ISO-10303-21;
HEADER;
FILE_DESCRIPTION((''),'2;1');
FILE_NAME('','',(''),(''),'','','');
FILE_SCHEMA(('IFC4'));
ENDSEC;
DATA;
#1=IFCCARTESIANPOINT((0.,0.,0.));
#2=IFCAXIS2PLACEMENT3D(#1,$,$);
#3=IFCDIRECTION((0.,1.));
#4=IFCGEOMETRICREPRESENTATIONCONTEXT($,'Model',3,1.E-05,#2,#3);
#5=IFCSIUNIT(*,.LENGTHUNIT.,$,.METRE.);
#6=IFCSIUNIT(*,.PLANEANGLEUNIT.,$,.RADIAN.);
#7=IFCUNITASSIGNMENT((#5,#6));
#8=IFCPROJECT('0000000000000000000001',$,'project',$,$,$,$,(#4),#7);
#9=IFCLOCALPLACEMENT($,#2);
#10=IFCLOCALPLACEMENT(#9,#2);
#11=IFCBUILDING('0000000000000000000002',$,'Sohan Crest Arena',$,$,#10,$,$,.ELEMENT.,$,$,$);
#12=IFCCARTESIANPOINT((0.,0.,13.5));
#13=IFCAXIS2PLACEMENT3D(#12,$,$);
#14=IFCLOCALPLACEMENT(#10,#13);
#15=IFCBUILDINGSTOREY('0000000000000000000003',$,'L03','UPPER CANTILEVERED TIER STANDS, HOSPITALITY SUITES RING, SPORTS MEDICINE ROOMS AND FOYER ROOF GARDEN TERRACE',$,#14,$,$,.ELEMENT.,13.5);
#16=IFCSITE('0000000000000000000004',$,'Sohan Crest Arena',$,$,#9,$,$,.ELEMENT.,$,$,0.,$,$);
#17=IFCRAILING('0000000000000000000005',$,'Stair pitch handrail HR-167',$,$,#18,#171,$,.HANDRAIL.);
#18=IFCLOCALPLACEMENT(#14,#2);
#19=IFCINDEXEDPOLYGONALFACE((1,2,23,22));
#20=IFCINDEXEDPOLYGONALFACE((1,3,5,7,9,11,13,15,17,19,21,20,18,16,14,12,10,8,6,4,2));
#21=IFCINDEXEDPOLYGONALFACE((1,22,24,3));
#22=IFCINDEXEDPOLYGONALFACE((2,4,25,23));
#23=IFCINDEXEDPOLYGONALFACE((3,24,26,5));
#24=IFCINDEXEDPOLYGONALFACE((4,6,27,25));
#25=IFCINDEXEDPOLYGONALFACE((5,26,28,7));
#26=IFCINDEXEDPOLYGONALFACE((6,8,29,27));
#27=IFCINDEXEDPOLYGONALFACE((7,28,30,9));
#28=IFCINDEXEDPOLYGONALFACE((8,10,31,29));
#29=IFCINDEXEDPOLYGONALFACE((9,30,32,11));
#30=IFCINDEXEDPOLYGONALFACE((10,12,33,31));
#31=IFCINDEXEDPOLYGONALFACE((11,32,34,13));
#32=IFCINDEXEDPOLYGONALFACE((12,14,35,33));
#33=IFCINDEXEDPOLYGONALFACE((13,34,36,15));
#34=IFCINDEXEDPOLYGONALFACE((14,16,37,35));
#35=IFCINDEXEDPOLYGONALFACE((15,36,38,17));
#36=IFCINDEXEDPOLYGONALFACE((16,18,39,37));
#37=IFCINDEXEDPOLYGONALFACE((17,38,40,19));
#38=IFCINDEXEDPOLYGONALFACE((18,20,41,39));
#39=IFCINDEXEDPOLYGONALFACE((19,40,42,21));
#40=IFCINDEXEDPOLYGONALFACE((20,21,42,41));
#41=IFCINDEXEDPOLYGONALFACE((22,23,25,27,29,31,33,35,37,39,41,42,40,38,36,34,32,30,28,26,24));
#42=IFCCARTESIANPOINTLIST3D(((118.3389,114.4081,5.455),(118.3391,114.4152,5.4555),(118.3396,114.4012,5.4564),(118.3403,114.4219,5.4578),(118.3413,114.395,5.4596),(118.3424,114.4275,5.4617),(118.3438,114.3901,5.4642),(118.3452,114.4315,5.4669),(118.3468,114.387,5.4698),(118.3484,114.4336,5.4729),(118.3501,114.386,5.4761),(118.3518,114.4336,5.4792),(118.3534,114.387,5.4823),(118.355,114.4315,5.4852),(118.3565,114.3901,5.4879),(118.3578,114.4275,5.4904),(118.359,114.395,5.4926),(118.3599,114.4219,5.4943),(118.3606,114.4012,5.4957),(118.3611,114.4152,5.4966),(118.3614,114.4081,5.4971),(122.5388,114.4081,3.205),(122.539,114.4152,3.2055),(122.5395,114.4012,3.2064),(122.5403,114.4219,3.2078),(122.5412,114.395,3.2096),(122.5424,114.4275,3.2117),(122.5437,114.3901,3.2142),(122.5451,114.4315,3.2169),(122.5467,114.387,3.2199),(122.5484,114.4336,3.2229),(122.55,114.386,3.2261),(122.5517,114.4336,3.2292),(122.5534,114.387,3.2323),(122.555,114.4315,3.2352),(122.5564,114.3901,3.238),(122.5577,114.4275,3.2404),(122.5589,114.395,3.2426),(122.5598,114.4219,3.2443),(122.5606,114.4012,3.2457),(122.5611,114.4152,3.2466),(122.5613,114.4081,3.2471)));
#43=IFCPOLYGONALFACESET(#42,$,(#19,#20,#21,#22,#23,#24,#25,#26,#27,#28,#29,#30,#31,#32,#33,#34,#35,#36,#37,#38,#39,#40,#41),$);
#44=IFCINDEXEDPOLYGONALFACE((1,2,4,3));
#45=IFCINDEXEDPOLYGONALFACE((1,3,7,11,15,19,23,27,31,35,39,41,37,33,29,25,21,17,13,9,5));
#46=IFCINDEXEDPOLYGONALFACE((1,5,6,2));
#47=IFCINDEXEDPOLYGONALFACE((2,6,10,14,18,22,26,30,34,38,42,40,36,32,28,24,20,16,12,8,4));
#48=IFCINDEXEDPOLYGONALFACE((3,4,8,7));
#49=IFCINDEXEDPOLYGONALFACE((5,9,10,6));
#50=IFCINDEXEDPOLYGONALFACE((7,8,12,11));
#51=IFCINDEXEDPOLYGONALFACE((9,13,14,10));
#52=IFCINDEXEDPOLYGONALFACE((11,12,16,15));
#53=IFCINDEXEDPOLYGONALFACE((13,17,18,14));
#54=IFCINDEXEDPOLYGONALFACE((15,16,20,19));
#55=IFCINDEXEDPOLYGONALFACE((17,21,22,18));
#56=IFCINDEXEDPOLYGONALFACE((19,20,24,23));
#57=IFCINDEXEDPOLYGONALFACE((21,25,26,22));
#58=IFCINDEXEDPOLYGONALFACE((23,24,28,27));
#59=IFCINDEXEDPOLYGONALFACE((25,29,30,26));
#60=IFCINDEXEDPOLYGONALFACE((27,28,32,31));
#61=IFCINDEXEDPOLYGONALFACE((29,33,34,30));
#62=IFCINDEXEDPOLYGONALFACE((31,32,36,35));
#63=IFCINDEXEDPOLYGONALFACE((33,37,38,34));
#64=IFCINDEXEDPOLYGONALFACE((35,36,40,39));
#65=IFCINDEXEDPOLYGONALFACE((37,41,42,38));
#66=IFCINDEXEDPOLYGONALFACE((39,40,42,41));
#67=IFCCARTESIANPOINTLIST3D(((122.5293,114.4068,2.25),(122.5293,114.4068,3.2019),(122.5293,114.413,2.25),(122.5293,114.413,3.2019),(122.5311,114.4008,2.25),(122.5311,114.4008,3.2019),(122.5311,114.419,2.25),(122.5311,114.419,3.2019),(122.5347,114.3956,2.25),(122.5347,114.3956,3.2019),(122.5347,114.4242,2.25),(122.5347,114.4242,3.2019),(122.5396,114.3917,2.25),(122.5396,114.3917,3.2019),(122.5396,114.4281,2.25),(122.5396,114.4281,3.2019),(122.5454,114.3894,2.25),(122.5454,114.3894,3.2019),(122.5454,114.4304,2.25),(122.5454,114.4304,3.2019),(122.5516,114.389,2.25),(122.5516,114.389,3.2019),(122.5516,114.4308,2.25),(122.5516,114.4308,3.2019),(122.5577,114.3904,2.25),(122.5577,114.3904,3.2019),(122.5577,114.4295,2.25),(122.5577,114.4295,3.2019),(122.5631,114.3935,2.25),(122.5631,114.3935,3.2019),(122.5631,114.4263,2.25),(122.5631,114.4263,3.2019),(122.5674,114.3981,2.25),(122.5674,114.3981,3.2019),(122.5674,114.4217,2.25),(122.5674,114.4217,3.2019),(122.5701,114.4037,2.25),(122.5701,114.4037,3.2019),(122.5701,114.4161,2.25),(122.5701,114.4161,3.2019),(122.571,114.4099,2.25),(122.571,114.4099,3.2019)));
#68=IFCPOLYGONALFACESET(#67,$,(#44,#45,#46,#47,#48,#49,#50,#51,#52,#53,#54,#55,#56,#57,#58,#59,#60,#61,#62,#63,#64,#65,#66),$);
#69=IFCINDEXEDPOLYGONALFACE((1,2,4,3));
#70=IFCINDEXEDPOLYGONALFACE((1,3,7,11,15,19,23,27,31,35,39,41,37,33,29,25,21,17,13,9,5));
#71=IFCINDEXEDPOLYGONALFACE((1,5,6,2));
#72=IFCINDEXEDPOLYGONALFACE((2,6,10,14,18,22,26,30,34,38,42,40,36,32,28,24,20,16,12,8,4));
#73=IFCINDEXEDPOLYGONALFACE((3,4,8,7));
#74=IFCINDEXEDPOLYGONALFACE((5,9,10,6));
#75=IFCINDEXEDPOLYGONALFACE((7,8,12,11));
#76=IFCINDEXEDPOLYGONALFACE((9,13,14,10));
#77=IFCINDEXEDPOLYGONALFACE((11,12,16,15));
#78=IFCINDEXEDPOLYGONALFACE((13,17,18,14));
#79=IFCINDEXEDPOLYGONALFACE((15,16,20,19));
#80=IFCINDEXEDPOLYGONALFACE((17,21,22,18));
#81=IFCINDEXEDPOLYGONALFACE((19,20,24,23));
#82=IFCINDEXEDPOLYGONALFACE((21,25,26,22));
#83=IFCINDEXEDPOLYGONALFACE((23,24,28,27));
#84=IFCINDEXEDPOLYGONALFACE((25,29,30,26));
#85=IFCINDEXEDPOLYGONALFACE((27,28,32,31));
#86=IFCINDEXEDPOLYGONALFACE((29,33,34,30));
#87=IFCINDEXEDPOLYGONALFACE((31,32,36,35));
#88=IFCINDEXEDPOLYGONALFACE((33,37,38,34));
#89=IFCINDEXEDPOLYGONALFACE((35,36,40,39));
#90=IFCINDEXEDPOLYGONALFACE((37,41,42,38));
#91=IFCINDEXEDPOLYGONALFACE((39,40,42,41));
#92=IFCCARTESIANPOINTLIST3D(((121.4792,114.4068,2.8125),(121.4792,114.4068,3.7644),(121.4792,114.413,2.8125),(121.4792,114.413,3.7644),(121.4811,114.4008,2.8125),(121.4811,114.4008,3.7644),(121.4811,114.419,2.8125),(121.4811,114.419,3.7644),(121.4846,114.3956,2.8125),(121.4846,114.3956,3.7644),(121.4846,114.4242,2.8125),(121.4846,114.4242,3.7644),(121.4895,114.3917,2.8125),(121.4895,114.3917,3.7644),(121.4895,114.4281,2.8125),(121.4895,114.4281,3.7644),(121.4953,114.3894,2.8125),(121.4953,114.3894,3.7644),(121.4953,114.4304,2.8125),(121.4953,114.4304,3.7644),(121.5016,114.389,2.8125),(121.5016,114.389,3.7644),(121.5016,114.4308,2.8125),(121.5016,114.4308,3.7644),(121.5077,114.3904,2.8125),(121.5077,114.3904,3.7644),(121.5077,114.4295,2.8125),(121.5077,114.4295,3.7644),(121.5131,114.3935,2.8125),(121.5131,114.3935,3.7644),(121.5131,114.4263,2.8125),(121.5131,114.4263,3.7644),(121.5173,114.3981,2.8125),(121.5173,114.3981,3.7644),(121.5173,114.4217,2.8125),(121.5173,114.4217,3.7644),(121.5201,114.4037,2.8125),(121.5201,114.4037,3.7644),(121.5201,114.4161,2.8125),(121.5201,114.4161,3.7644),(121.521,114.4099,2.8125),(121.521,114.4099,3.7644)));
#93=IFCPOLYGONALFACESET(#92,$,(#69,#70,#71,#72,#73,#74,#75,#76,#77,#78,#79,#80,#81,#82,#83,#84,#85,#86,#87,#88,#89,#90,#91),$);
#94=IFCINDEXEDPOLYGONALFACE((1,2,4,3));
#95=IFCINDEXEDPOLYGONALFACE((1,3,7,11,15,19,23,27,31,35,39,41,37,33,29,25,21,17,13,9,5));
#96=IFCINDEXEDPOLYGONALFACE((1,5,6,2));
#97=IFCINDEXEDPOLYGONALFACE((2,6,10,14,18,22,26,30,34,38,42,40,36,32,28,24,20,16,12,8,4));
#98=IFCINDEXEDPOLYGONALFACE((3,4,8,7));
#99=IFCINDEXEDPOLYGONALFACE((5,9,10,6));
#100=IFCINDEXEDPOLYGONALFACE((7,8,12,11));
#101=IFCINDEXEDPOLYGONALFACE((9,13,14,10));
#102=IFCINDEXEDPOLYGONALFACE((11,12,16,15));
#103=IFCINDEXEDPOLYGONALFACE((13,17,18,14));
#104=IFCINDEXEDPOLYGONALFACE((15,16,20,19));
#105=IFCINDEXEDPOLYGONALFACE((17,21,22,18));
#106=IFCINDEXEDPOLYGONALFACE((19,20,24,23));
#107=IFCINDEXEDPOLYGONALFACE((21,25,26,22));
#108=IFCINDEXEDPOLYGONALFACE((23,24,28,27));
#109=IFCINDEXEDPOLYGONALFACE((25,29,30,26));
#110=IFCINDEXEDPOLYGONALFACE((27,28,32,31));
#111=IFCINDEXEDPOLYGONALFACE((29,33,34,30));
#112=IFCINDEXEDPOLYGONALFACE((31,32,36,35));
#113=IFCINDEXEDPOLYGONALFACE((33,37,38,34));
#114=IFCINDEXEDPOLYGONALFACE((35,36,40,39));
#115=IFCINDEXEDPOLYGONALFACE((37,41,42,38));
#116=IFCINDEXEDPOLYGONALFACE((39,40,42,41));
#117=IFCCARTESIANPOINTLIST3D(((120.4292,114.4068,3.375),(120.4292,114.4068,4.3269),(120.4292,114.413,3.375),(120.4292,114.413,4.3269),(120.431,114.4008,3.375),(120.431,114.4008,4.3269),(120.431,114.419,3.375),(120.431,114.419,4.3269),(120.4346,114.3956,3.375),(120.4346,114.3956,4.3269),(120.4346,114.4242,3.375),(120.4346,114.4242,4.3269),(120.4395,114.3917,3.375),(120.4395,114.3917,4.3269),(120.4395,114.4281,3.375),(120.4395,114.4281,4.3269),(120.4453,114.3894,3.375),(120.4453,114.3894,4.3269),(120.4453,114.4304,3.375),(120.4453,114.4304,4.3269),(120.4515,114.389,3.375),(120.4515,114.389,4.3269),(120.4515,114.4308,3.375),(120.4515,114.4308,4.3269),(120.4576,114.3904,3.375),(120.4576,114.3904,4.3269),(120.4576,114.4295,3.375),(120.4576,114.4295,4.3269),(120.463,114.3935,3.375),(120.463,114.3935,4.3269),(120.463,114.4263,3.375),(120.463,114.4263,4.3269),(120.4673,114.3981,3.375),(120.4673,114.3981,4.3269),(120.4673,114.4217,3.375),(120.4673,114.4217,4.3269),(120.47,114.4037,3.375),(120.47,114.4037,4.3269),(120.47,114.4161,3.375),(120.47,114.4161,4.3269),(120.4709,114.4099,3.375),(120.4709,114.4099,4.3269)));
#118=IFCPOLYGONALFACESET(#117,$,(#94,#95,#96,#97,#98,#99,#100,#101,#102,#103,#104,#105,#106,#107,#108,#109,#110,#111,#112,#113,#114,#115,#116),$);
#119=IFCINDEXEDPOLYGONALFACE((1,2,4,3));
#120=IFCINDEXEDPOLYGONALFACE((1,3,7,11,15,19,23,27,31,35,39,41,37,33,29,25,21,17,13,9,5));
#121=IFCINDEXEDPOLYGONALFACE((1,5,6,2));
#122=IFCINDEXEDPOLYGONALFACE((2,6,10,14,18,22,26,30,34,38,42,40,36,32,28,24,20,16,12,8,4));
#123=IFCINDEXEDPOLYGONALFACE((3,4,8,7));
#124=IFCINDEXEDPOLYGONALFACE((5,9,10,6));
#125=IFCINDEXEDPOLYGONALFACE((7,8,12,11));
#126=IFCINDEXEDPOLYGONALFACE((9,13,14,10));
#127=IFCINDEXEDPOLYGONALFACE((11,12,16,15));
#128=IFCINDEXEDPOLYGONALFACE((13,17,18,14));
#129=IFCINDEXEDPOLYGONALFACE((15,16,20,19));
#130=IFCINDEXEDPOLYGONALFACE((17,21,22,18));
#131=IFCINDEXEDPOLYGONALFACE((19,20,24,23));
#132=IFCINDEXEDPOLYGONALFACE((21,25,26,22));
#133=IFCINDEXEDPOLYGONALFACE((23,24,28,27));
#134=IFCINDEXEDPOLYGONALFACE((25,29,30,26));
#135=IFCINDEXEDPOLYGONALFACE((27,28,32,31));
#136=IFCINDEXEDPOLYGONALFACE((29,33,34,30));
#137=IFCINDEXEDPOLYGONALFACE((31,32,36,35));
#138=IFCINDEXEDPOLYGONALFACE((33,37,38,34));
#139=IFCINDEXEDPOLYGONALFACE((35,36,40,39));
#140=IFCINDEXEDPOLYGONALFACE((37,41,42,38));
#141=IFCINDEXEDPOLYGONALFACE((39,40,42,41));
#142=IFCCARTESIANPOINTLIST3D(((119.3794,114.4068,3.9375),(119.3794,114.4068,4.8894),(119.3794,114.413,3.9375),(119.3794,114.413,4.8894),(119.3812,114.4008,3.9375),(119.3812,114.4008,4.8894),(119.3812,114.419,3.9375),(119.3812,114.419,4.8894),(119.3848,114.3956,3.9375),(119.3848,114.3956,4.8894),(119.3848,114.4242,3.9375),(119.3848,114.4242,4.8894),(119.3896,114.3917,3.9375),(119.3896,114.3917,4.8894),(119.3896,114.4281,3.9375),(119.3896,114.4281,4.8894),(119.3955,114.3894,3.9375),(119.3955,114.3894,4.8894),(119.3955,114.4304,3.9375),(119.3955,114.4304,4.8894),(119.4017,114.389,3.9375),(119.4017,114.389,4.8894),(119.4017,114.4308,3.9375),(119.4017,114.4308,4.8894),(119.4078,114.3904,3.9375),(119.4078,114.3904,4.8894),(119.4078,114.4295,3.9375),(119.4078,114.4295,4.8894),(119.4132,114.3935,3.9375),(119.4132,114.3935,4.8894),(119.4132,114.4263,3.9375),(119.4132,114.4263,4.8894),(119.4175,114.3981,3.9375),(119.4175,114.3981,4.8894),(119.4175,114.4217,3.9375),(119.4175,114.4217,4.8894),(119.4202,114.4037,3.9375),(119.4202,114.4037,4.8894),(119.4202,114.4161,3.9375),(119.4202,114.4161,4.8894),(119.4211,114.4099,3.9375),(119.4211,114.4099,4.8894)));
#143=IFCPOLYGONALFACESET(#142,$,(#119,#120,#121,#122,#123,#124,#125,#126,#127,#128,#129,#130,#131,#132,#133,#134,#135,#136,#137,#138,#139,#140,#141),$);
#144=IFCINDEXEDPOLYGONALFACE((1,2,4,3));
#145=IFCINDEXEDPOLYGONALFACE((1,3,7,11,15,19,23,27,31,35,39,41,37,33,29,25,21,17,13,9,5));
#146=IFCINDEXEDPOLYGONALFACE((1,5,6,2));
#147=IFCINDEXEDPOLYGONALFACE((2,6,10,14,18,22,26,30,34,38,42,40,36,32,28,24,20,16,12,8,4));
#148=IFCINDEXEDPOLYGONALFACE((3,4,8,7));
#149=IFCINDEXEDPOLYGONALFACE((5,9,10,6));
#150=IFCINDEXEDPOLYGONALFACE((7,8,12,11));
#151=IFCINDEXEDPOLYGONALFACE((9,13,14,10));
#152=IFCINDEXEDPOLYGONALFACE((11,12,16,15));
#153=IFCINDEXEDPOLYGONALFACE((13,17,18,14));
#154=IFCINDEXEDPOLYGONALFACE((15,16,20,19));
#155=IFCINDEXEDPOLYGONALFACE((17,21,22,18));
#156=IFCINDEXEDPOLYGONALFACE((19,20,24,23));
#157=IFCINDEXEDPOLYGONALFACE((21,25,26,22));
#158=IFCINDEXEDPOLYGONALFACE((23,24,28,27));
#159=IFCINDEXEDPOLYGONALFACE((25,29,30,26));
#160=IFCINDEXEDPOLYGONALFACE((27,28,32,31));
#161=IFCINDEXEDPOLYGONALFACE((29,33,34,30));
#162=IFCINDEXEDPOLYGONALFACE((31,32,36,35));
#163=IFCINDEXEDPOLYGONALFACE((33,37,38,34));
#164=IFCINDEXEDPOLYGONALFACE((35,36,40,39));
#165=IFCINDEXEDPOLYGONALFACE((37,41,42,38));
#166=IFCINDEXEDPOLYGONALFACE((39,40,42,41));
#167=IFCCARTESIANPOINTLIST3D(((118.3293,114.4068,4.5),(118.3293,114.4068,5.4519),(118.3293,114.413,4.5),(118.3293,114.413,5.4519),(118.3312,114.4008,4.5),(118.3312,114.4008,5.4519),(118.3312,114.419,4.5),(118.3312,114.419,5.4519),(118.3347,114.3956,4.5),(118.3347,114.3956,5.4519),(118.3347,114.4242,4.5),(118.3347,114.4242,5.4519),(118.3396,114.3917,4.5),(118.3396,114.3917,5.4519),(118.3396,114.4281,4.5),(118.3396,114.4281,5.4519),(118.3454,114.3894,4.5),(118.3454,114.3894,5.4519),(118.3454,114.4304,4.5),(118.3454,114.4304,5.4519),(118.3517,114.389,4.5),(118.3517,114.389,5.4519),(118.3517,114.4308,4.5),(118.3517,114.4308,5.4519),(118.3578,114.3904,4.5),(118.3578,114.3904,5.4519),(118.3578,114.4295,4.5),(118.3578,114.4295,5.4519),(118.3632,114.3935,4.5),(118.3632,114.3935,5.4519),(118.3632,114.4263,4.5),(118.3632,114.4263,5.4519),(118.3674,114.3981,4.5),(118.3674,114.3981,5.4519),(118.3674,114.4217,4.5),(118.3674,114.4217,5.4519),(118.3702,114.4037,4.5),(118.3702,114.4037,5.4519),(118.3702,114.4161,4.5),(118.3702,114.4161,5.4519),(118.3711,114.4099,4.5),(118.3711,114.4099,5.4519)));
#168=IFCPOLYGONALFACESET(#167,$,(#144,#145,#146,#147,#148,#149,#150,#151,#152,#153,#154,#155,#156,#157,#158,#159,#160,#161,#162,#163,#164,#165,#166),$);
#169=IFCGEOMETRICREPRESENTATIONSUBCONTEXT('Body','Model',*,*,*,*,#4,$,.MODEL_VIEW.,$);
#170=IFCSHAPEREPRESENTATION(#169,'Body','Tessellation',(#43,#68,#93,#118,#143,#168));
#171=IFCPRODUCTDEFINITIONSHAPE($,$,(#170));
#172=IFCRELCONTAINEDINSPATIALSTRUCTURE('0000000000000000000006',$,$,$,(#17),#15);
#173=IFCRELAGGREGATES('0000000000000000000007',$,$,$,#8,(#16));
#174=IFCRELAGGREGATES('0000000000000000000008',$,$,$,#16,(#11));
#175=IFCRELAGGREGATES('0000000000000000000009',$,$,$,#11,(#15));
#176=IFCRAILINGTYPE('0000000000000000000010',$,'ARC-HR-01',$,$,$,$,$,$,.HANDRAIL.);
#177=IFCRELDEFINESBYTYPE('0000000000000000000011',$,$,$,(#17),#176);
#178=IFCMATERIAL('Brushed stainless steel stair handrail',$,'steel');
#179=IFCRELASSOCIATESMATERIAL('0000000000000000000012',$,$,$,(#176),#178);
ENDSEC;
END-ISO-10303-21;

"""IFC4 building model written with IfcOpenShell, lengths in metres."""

from ifc_helpers import new_model, si_unit, direction, frame, origin, origin_2d, place, context, subcontext, project, spatial, circle, extrude, material, type_object, element, save


model = new_model("IFC4")

# Units and contexts
model_context = context("Model", 3, precision=1e-05, world=origin(), true_north=direction((0.0, 1.0)))
body_context = subcontext(model_context, "Body", "Model", "MODEL_VIEW")
ifc_project = project(units=[si_unit("LENGTHUNIT", "METRE"), si_unit("PLANEANGLEUNIT", "RADIAN")], contexts=[model_context])

# Site, building, storey
site_placement = place(None, origin())
site = spatial("IfcSite", under=ifc_project, at=site_placement, Name="Sohan Crest Arena", CompositionType="ELEMENT", RefElevation=0.0)
building_placement = place(site_placement, origin())
building = spatial("IfcBuilding", under=site, at=building_placement, Name="Sohan Crest Arena", CompositionType="ELEMENT")
storey_placement = place(building_placement, frame((0.0, 0.0, 13.5)))
storey = spatial("IfcBuildingStorey", under=building, at=storey_placement, Name="L03", Description="UPPER CANTILEVERED TIER STANDS, HOSPITALITY SUITES RING, SPORTS MEDICINE ROOMS AND FOYER ROOF GARDEN TERRACE", CompositionType="ELEMENT", Elevation=13.5)

# Railing
ifc_material_1 = material(Name="Brushed stainless steel stair handrail", Category="steel")
railing_type_1 = type_object("IfcRailingType", Name="ARC-HR-01", PredefinedType="HANDRAIL", material=ifc_material_1)
railing_1_placement = place(storey_placement, frame((122.55, 114.4099, 2.25)))
element("IfcRailing", 1, at=railing_1_placement, inside=storey, type_object=railing_type_1, Name="Stair pitch handrail HR-167", PredefinedType="HANDRAIL", context=body_context, shape_type="SweptSolid", body=[
    extrude(circle(Radius=0.0239, at=origin_2d()), frame((0.0, 0.0, 0.9761), z_axis=(-0.881478, 0.0, 0.472226), x_axis=(0.0, -1.0, 0.0)), (0.0, 0.0, 1.0), 4.7646),
    extrude(circle(Radius=0.021, at=origin_2d()), origin(), (0.0, 0.0, 1.0), 0.9519),
    extrude(circle(Radius=0.021, at=origin_2d()), frame((-1.05, 0.0, 0.5625)), (0.0, 0.0, 1.0), 0.9519),
    extrude(circle(Radius=0.021, at=origin_2d()), frame((-2.1001, 0.0, 1.125)), (0.0, 0.0, 1.0), 0.9519),
    extrude(circle(Radius=0.021, at=origin_2d()), frame((-3.1499, 0.0, 1.6875)), (0.0, 0.0, 1.0), 0.9519),
    extrude(circle(Radius=0.021, at=origin_2d()), frame((-4.2, 0.0, 2.25)), (0.0, 0.0, 1.0), 0.9519),
])

save(model, "model.ifc")
